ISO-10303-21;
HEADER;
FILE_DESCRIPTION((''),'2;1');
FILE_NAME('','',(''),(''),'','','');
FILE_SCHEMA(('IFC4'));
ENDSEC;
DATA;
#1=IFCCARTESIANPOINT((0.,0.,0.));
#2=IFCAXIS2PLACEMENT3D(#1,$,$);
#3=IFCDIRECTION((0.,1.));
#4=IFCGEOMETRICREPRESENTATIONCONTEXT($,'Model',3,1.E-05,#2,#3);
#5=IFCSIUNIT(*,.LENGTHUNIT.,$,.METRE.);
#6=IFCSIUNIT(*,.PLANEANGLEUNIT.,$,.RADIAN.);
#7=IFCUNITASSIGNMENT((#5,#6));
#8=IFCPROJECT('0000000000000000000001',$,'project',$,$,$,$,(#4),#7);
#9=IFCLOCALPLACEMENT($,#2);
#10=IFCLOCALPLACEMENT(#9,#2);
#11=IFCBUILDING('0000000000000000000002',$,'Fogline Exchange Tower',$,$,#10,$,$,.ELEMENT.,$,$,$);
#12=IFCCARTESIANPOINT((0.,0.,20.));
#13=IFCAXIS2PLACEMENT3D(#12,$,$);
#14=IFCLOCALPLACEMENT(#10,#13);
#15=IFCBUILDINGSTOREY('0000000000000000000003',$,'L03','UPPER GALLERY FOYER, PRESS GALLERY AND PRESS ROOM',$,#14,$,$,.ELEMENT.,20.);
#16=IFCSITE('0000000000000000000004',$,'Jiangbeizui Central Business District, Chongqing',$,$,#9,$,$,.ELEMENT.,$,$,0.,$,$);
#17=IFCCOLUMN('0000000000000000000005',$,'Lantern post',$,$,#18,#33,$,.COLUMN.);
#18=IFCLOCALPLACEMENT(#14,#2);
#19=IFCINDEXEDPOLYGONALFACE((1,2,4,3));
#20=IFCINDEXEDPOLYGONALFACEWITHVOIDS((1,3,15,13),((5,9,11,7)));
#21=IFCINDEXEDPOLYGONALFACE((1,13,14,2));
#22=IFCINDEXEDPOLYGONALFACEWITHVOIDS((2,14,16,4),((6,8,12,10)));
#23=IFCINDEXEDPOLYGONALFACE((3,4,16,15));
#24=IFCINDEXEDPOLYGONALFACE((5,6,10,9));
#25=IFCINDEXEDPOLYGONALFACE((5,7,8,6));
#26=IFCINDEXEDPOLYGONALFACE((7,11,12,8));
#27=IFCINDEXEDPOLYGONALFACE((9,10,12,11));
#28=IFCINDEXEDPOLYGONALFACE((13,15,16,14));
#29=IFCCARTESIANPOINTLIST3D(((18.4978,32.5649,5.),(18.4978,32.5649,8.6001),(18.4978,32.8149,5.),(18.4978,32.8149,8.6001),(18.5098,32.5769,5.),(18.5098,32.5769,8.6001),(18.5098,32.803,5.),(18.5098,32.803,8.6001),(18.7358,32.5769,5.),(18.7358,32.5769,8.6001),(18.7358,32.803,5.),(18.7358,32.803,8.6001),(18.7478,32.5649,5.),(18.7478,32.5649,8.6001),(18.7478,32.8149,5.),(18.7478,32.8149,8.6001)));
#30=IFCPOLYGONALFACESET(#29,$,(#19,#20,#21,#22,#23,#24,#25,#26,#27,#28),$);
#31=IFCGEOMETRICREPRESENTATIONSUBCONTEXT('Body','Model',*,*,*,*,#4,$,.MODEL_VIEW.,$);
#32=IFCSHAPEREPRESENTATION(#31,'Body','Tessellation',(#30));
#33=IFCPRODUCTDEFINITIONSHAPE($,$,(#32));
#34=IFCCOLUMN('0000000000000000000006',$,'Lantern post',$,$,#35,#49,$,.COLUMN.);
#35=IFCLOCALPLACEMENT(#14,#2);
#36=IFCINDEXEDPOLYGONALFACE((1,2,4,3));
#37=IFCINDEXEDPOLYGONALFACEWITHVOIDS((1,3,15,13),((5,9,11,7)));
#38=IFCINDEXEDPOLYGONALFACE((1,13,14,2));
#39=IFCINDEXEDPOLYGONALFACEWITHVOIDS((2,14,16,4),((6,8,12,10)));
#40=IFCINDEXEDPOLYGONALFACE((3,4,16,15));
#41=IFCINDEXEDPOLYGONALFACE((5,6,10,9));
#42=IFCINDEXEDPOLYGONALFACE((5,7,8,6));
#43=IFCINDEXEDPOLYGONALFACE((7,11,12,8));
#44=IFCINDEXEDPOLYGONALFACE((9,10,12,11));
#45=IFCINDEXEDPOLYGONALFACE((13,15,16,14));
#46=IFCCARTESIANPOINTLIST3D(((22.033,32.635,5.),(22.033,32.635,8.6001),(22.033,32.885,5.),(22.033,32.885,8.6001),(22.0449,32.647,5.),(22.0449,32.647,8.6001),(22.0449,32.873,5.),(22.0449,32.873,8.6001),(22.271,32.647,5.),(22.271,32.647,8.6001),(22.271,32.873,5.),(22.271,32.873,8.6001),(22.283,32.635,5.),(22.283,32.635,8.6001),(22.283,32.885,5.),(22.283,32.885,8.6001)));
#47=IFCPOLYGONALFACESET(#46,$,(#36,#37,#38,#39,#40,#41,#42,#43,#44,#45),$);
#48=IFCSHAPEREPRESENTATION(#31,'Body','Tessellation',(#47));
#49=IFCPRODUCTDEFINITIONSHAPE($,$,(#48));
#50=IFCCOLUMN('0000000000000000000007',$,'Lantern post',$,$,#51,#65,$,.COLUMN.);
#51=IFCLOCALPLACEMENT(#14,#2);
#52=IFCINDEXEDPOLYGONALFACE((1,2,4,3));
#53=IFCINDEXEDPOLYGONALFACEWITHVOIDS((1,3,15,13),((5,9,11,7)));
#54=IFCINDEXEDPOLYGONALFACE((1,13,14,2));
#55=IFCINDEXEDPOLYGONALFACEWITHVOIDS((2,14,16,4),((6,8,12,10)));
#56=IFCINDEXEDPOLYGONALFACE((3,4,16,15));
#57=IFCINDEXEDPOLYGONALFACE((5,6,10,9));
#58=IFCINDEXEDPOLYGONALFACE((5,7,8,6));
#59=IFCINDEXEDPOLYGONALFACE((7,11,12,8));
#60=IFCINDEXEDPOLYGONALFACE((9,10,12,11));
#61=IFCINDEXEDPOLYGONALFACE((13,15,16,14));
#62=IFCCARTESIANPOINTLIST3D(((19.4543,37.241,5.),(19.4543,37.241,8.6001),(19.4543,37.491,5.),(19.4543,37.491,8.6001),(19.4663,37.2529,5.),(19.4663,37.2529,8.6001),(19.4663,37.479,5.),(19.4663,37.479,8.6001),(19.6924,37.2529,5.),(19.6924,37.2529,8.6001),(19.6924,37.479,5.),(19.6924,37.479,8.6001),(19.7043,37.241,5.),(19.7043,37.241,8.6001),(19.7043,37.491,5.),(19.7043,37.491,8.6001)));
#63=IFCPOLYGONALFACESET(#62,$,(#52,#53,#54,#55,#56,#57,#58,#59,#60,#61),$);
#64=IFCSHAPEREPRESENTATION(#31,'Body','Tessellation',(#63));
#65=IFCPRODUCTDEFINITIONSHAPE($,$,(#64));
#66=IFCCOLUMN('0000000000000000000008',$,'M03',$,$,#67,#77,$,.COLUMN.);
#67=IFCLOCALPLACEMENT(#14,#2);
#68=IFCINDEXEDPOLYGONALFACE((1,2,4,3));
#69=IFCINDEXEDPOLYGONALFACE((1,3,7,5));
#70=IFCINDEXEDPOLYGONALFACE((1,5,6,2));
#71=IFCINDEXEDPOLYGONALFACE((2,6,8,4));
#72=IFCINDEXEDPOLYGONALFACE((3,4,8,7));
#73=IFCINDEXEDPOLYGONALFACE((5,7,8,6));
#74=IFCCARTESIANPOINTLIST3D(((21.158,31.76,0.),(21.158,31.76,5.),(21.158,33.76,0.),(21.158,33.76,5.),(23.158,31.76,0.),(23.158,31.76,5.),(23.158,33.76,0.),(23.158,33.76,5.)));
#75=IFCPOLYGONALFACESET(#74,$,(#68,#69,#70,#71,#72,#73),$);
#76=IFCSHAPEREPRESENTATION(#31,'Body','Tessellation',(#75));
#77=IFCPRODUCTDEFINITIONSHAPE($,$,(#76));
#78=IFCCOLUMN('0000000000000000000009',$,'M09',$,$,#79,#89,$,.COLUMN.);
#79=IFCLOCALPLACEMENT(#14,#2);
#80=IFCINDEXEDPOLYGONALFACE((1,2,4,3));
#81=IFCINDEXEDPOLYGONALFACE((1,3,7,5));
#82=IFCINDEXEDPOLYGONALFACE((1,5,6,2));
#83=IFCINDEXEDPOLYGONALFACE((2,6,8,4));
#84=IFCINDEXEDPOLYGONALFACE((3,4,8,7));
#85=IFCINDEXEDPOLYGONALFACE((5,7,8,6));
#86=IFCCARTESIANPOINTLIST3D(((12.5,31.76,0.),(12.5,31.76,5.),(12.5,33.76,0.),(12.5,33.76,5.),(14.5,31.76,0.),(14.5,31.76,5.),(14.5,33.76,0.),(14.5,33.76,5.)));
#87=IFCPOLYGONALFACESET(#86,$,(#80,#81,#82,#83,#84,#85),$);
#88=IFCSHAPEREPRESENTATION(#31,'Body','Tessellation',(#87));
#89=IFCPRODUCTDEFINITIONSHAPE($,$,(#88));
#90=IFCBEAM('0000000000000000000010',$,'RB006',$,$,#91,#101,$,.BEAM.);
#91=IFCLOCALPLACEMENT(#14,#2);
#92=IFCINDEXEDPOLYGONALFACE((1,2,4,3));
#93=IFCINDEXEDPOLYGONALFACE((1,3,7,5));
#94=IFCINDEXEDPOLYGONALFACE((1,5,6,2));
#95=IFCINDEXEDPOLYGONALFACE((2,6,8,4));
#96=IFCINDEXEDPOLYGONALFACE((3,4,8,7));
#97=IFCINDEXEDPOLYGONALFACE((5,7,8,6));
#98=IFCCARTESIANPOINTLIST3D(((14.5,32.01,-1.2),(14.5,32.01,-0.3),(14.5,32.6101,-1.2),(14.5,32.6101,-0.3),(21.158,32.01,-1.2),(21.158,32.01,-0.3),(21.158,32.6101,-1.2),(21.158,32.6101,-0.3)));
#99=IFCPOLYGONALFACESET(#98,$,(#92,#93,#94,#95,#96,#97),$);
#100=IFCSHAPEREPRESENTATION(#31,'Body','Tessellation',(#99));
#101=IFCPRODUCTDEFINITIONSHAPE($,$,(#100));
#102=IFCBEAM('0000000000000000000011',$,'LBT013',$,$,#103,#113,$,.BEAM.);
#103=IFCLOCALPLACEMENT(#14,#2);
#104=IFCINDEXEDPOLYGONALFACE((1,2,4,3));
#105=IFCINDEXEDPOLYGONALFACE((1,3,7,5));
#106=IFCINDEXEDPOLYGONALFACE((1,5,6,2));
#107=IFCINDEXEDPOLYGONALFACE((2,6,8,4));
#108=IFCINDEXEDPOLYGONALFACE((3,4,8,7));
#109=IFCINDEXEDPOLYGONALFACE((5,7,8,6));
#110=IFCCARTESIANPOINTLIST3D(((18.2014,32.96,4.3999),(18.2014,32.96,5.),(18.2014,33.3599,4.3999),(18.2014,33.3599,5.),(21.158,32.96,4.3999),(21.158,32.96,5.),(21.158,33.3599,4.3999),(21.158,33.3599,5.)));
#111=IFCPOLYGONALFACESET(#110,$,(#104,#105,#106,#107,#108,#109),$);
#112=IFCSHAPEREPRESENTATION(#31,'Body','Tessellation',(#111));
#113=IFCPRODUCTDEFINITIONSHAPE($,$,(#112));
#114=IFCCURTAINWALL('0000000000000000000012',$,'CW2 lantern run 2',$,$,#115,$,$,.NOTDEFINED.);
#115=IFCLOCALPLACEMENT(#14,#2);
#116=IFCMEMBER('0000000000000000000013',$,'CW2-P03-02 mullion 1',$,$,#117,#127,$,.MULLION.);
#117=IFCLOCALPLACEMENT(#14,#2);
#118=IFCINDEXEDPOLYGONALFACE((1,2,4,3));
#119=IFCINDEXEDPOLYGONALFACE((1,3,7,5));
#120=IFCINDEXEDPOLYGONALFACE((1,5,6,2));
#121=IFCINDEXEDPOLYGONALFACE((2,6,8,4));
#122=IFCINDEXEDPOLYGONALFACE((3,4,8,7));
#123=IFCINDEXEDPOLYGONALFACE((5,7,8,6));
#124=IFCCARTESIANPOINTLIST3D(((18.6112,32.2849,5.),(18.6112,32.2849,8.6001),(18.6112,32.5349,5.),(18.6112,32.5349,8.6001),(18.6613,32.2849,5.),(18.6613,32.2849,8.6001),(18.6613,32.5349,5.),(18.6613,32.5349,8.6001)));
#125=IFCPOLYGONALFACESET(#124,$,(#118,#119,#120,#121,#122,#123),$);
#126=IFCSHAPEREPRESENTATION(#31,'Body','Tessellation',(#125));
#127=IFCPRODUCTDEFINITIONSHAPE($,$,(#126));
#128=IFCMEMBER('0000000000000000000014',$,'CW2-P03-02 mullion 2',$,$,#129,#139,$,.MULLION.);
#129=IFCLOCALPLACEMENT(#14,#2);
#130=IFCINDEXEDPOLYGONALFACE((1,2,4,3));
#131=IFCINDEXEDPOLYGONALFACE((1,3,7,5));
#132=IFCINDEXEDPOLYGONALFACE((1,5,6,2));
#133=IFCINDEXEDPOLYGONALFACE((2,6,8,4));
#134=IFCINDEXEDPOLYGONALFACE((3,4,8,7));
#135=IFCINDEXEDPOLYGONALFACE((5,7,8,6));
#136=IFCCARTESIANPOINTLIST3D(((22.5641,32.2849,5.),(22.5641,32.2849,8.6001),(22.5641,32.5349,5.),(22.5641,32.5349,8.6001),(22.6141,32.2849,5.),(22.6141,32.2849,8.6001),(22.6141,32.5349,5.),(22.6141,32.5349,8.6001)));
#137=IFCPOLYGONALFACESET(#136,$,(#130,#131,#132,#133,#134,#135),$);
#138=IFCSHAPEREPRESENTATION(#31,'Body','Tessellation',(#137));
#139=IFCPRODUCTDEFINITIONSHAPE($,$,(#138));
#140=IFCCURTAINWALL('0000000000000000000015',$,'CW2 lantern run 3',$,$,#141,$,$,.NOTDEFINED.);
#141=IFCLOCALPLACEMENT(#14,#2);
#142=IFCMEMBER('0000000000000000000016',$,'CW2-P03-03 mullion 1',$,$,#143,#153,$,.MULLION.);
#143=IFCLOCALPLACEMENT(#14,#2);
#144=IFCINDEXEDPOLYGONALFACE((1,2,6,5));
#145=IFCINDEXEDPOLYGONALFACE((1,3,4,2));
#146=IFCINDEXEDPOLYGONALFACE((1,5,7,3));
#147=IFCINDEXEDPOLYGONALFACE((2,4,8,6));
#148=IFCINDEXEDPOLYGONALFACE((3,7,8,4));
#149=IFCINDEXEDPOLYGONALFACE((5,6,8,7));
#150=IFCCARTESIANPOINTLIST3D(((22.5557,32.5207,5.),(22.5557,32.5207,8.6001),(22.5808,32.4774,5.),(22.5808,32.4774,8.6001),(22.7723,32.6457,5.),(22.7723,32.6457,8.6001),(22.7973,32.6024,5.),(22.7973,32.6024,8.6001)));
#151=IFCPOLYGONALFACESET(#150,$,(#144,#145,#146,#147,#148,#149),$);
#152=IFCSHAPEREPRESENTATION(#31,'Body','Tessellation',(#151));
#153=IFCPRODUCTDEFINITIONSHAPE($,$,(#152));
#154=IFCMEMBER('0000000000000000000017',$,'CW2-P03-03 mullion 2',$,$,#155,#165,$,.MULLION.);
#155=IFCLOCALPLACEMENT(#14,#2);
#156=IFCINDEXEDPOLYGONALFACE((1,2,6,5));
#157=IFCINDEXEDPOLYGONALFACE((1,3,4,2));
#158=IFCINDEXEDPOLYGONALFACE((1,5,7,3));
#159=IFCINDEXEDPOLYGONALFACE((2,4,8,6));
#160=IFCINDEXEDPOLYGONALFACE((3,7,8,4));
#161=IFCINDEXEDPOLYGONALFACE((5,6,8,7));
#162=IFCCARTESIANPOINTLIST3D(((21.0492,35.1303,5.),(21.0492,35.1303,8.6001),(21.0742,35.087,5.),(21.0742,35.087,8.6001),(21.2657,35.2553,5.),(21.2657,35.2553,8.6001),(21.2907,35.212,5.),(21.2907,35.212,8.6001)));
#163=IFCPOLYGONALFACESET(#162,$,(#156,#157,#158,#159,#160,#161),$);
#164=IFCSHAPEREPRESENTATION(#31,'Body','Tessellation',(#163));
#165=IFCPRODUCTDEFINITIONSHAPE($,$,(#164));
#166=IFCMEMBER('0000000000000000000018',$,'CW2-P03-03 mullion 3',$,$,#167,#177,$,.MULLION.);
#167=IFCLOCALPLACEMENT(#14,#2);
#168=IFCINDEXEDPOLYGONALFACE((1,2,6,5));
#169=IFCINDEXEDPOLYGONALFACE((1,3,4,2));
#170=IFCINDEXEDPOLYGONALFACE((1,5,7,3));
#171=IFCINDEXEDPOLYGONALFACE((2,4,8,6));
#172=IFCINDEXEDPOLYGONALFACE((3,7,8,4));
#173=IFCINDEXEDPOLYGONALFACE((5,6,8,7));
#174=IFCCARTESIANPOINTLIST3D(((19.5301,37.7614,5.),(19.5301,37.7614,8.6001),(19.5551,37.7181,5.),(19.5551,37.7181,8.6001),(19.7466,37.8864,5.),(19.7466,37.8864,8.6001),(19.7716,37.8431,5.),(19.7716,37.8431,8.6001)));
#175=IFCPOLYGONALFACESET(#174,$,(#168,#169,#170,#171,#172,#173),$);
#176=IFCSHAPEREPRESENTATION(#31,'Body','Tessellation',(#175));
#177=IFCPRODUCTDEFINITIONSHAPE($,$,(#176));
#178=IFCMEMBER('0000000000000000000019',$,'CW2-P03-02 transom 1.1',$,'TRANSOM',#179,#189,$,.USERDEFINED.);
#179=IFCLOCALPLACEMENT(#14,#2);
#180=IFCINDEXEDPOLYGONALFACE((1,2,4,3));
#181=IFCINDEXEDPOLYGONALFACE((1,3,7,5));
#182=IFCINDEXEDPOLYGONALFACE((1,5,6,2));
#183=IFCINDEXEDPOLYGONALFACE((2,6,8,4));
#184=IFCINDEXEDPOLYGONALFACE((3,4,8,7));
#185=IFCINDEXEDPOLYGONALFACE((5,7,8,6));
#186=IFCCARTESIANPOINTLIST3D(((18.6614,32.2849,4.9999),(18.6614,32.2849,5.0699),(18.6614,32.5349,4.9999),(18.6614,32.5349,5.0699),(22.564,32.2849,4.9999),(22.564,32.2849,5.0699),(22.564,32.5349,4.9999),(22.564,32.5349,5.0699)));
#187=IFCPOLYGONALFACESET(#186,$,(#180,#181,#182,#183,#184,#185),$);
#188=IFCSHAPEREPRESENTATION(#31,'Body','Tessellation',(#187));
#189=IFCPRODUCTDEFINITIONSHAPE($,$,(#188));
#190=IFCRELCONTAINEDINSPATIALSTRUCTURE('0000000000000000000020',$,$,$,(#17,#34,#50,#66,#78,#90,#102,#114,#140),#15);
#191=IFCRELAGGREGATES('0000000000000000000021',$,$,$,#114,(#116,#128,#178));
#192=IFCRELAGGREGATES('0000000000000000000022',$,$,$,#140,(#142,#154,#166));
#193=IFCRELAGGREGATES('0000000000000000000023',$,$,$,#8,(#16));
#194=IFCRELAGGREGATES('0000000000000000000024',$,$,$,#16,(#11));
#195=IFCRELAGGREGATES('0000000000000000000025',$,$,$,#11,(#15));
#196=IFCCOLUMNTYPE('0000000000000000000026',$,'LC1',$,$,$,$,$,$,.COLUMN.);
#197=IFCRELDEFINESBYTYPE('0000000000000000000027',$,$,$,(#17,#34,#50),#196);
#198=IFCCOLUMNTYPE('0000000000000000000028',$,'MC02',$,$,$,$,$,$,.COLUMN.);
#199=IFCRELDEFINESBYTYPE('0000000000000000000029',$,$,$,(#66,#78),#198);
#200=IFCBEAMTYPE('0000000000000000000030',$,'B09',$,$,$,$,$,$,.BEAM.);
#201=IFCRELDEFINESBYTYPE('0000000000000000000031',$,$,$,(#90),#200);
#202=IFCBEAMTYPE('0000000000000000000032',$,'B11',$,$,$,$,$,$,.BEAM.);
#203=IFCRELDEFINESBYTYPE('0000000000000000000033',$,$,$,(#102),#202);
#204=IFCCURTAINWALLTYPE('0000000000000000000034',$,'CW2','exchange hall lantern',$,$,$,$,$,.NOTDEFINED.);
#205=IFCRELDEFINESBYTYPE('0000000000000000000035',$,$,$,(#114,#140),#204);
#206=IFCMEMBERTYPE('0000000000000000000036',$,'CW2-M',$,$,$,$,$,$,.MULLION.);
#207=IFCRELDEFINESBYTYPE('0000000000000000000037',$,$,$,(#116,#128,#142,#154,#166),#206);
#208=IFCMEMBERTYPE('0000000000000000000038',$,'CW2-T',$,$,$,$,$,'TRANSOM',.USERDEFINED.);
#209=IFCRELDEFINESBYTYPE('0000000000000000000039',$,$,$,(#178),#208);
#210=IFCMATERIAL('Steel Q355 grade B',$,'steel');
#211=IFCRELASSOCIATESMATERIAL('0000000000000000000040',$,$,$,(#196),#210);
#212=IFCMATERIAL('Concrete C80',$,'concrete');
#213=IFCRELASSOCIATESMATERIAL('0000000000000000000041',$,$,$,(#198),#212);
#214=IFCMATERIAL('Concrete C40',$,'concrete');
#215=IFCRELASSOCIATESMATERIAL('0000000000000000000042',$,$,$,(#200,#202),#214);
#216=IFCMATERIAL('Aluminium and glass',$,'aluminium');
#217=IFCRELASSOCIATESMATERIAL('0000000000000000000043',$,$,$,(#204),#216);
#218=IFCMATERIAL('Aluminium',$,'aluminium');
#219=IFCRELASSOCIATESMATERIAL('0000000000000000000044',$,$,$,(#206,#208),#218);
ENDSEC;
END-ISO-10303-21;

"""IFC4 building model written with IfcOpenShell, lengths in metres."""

from ifc_helpers import new_model, si_unit, direction, frame, origin, origin_2d, place, context, subcontext, project, spatial, rectangle, hollow_rectangle, extrude, material, material_profile, profile_set, type_object, element, aggregate, save


model = new_model("IFC4")

# Units and contexts
model_context = context("Model", 3, precision=1e-05, world=origin(), true_north=direction((0.0, 1.0)))
body_context = subcontext(model_context, "Body", "Model", "MODEL_VIEW")
ifc_project = project(units=[si_unit("LENGTHUNIT", "METRE"), si_unit("PLANEANGLEUNIT", "RADIAN")], contexts=[model_context])

# Site, building, storey
site_placement = place(None, origin())
site = spatial("IfcSite", under=ifc_project, at=site_placement, Name="Jiangbeizui Central Business District, Chongqing", CompositionType="ELEMENT", RefElevation=0.0)
building_placement = place(site_placement, origin())
building = spatial("IfcBuilding", under=site, at=building_placement, Name="Fogline Exchange Tower", CompositionType="ELEMENT")
storey_placement = place(building_placement, frame((0.0, 0.0, 20.0)))
storey = spatial("IfcBuildingStorey", under=building, at=storey_placement, Name="L03", Description="UPPER GALLERY FOYER, PRESS GALLERY AND PRESS ROOM", CompositionType="ELEMENT", Elevation=20.0)

# Columns
ifc_material_1 = material(Name="Steel Q355 grade B", Category="steel")
ifc_material_profile_1 = material_profile(ifc_material_1, hollow_rectangle(XDim=0.25, YDim=0.25, WallThickness=0.012, at=origin_2d()), Name="RHS 250x250x12")
ifc_profile_set_1 = profile_set([ifc_material_profile_1], Name="Steel Q355 grade B")
column_type_1 = type_object("IfcColumnType", Name="LC1", PredefinedType="COLUMN", material=ifc_profile_set_1)
for number, where, z_axis, x_axis, name in (
    (1, (18.6228, 32.6899, 5.0), (0.0, 0.0, 1.0), (1.0, 0.0, 0.0), "Lantern post"),
    (2, (22.158, 32.76, 5.0), (0.0, 0.0, 1.0), (1.0, 0.0, 0.0), "Lantern post"),
    (3, (19.5793, 37.366, 5.0), (0.0, 0.0, 1.0), (1.0, 0.0, 0.0), "Lantern post"),
):
    element("IfcColumn", number, at=place(storey_placement, frame(where, z_axis=z_axis, x_axis=x_axis)), inside=storey, type_object=column_type_1, Name=name, PredefinedType="COLUMN", context=body_context, shape_type="SweptSolid", body=[
        extrude(hollow_rectangle(XDim=0.25, YDim=0.25, WallThickness=0.012, at=origin_2d()), origin(), (0.0, 0.0, 1.0), 3.6001),
    ])
ifc_material_2 = material(Name="Concrete C80", Category="concrete")
ifc_material_profile_2 = material_profile(ifc_material_2, rectangle(XDim=2.0, YDim=2.0, at=origin_2d()), Name="RC 2000x2000")
ifc_profile_set_2 = profile_set([ifc_material_profile_2], Name="Concrete C80")
column_type_2 = type_object("IfcColumnType", Name="MC02", PredefinedType="COLUMN", material=ifc_profile_set_2)
for number, where, z_axis, x_axis, name in (
    (4, (22.158, 32.76, 0.0), (0.0, 0.0, 1.0), (1.0, 0.0, 0.0), "M03"),
    (5, (13.5, 32.76, 0.0), (0.0, 0.0, 1.0), (1.0, 0.0, 0.0), "M09"),
):
    element("IfcColumn", number, at=place(storey_placement, frame(where, z_axis=z_axis, x_axis=x_axis)), inside=storey, type_object=column_type_2, Name=name, PredefinedType="COLUMN", context=body_context, shape_type="SweptSolid", body=[
        extrude(rectangle(XDim=2.0, YDim=2.0, at=origin_2d()), origin(), (0.0, 0.0, 1.0), 5.0),
    ])

# Beams
ifc_material_3 = material(Name="Concrete C40", Category="concrete")
ifc_material_profile_3 = material_profile(ifc_material_3, rectangle(XDim=0.6001, YDim=0.8999, at=origin_2d()), Name="RC 600x900")
ifc_profile_set_3 = profile_set([ifc_material_profile_3], Name="Concrete C40")
beam_type_1 = type_object("IfcBeamType", Name="B09", PredefinedType="BEAM", material=ifc_profile_set_3)
beam_1_placement = place(storey_placement, frame((21.158, 32.3101, -0.75), z_axis=(-1.0, 0.0, 0.0), x_axis=(0.0, -1.0, 0.0)))
element("IfcBeam", 6, at=beam_1_placement, inside=storey, type_object=beam_type_1, Name="RB006", PredefinedType="BEAM", context=body_context, shape_type="SweptSolid", body=[
    extrude(rectangle(XDim=0.6001, YDim=0.8999, at=origin_2d()), origin(), (0.0, 0.0, 1.0), 6.658),
])
ifc_material_profile_4 = material_profile(ifc_material_3, rectangle(XDim=0.3999, YDim=0.6001, at=origin_2d()), Name="RC 400x600")
ifc_profile_set_4 = profile_set([ifc_material_profile_4], Name="Concrete C40")
beam_type_2 = type_object("IfcBeamType", Name="B11", PredefinedType="BEAM", material=ifc_profile_set_4)
beam_2_placement = place(storey_placement, frame((21.158, 33.1599, 4.7), z_axis=(-1.0, 0.0, 0.0), x_axis=(0.0, -1.0, 0.0)))
element("IfcBeam", 7, at=beam_2_placement, inside=storey, type_object=beam_type_2, Name="LBT013", PredefinedType="BEAM", context=body_context, shape_type="SweptSolid", body=[
    extrude(rectangle(XDim=0.3999, YDim=0.6001, at=origin_2d()), origin(), (0.0, 0.0, 1.0), 2.9565),
])

# Curtain walls, members
ifc_material_4 = material(Name="Aluminium and glass", Category="aluminium")
curtain_wall_type = type_object("IfcCurtainWallType", Name="CW2", Description="exchange hall lantern", PredefinedType="NOTDEFINED", material=ifc_material_4)
curtain_wall_1_placement = place(storey_placement, origin())
curtain_wall_1 = element("IfcCurtainWall", 8, at=curtain_wall_1_placement, inside=storey, type_object=curtain_wall_type, Name="CW2 lantern run 2", PredefinedType="NOTDEFINED")
ifc_material_5 = material(Name="Aluminium", Category="aluminium")
ifc_material_profile_5 = material_profile(ifc_material_5, rectangle(XDim=0.25, YDim=0.05, at=origin_2d()), Name="Mullion 50x250")
ifc_profile_set_5 = profile_set([ifc_material_profile_5], Name="Aluminium")
member_type_1 = type_object("IfcMemberType", Name="CW2-M", PredefinedType="MULLION", material=ifc_profile_set_5)
member_1_placement = place(storey_placement, frame((18.6362, 32.4099, 5.0), z_axis=(0.0, 0.0, 1.0), x_axis=(0.0, 1.0, 0.0)))
member_1 = element("IfcMember", 9, at=member_1_placement, type_object=member_type_1, Name="CW2-P03-02 mullion 1", PredefinedType="MULLION", context=body_context, shape_type="SweptSolid", body=[
    extrude(rectangle(XDim=0.25, YDim=0.05, at=origin_2d()), origin(), (0.0, 0.0, 1.0), 3.6001),
])
member_2_placement = place(storey_placement, frame((22.5891, 32.4099, 5.0), z_axis=(0.0, 0.0, 1.0), x_axis=(0.0, 1.0, 0.0)))
member_2 = element("IfcMember", 10, at=member_2_placement, type_object=member_type_1, Name="CW2-P03-02 mullion 2", PredefinedType="MULLION", context=body_context, shape_type="SweptSolid", body=[
    extrude(rectangle(XDim=0.25, YDim=0.05, at=origin_2d()), origin(), (0.0, 0.0, 1.0), 3.6001),
])
curtain_wall_2_placement = place(storey_placement, origin())
curtain_wall_2 = element("IfcCurtainWall", 11, at=curtain_wall_2_placement, inside=storey, type_object=curtain_wall_type, Name="CW2 lantern run 3", PredefinedType="NOTDEFINED")
member_3_placement = place(storey_placement, frame((22.6765, 32.5615, 5.0), z_axis=(0.0, 0.0, 1.0), x_axis=(-0.866025, -0.5, 0.0)))
member_3 = element("IfcMember", 12, at=member_3_placement, type_object=member_type_1, Name="CW2-P03-03 mullion 1", PredefinedType="MULLION", context=body_context, shape_type="SweptSolid", body=[
    extrude(rectangle(XDim=0.25, YDim=0.05, at=origin_2d()), origin(), (0.0, 0.0, 1.0), 3.6001),
])
member_4_placement = place(storey_placement, frame((21.1699, 35.1711, 5.0), z_axis=(0.0, 0.0, 1.0), x_axis=(-0.866025, -0.5, 0.0)))
member_4 = element("IfcMember", 13, at=member_4_placement, type_object=member_type_1, Name="CW2-P03-03 mullion 2", PredefinedType="MULLION", context=body_context, shape_type="SweptSolid", body=[
    extrude(rectangle(XDim=0.25, YDim=0.05, at=origin_2d()), origin(), (0.0, 0.0, 1.0), 3.6001),
])
member_5_placement = place(storey_placement, frame((19.6509, 37.8022, 5.0), z_axis=(0.0, 0.0, 1.0), x_axis=(-0.866025, -0.5, 0.0)))
member_5 = element("IfcMember", 14, at=member_5_placement, type_object=member_type_1, Name="CW2-P03-03 mullion 3", PredefinedType="MULLION", context=body_context, shape_type="SweptSolid", body=[
    extrude(rectangle(XDim=0.25, YDim=0.05, at=origin_2d()), origin(), (0.0, 0.0, 1.0), 3.6001),
])

# Member
ifc_material_profile_6 = material_profile(ifc_material_5, rectangle(XDim=0.25, YDim=0.0701, at=origin_2d()), Name="Transom 70x250")
ifc_profile_set_6 = profile_set([ifc_material_profile_6], Name="Aluminium")
member_type_2 = type_object("IfcMemberType", Name="CW2-T", ElementType="TRANSOM", PredefinedType="USERDEFINED", material=ifc_profile_set_6)
member_6_placement = place(storey_placement, frame((18.6614, 32.4099, 5.0349), z_axis=(1.0, 0.0, 0.0), x_axis=(0.0, 1.0, 0.0)))
member_6 = element("IfcMember", 15, at=member_6_placement, type_object=member_type_2, Name="CW2-P03-02 transom 1.1", ObjectType="TRANSOM", PredefinedType="USERDEFINED", context=body_context, shape_type="SweptSolid", body=[
    extrude(rectangle(XDim=0.25, YDim=0.0701, at=origin_2d()), origin(), (0.0, 0.0, 1.0), 3.9026),
])

aggregate(curtain_wall_1, [member_1, member_2, member_6])
aggregate(curtain_wall_2, [member_3, member_4, member_5])

save(model, "model.ifc")
